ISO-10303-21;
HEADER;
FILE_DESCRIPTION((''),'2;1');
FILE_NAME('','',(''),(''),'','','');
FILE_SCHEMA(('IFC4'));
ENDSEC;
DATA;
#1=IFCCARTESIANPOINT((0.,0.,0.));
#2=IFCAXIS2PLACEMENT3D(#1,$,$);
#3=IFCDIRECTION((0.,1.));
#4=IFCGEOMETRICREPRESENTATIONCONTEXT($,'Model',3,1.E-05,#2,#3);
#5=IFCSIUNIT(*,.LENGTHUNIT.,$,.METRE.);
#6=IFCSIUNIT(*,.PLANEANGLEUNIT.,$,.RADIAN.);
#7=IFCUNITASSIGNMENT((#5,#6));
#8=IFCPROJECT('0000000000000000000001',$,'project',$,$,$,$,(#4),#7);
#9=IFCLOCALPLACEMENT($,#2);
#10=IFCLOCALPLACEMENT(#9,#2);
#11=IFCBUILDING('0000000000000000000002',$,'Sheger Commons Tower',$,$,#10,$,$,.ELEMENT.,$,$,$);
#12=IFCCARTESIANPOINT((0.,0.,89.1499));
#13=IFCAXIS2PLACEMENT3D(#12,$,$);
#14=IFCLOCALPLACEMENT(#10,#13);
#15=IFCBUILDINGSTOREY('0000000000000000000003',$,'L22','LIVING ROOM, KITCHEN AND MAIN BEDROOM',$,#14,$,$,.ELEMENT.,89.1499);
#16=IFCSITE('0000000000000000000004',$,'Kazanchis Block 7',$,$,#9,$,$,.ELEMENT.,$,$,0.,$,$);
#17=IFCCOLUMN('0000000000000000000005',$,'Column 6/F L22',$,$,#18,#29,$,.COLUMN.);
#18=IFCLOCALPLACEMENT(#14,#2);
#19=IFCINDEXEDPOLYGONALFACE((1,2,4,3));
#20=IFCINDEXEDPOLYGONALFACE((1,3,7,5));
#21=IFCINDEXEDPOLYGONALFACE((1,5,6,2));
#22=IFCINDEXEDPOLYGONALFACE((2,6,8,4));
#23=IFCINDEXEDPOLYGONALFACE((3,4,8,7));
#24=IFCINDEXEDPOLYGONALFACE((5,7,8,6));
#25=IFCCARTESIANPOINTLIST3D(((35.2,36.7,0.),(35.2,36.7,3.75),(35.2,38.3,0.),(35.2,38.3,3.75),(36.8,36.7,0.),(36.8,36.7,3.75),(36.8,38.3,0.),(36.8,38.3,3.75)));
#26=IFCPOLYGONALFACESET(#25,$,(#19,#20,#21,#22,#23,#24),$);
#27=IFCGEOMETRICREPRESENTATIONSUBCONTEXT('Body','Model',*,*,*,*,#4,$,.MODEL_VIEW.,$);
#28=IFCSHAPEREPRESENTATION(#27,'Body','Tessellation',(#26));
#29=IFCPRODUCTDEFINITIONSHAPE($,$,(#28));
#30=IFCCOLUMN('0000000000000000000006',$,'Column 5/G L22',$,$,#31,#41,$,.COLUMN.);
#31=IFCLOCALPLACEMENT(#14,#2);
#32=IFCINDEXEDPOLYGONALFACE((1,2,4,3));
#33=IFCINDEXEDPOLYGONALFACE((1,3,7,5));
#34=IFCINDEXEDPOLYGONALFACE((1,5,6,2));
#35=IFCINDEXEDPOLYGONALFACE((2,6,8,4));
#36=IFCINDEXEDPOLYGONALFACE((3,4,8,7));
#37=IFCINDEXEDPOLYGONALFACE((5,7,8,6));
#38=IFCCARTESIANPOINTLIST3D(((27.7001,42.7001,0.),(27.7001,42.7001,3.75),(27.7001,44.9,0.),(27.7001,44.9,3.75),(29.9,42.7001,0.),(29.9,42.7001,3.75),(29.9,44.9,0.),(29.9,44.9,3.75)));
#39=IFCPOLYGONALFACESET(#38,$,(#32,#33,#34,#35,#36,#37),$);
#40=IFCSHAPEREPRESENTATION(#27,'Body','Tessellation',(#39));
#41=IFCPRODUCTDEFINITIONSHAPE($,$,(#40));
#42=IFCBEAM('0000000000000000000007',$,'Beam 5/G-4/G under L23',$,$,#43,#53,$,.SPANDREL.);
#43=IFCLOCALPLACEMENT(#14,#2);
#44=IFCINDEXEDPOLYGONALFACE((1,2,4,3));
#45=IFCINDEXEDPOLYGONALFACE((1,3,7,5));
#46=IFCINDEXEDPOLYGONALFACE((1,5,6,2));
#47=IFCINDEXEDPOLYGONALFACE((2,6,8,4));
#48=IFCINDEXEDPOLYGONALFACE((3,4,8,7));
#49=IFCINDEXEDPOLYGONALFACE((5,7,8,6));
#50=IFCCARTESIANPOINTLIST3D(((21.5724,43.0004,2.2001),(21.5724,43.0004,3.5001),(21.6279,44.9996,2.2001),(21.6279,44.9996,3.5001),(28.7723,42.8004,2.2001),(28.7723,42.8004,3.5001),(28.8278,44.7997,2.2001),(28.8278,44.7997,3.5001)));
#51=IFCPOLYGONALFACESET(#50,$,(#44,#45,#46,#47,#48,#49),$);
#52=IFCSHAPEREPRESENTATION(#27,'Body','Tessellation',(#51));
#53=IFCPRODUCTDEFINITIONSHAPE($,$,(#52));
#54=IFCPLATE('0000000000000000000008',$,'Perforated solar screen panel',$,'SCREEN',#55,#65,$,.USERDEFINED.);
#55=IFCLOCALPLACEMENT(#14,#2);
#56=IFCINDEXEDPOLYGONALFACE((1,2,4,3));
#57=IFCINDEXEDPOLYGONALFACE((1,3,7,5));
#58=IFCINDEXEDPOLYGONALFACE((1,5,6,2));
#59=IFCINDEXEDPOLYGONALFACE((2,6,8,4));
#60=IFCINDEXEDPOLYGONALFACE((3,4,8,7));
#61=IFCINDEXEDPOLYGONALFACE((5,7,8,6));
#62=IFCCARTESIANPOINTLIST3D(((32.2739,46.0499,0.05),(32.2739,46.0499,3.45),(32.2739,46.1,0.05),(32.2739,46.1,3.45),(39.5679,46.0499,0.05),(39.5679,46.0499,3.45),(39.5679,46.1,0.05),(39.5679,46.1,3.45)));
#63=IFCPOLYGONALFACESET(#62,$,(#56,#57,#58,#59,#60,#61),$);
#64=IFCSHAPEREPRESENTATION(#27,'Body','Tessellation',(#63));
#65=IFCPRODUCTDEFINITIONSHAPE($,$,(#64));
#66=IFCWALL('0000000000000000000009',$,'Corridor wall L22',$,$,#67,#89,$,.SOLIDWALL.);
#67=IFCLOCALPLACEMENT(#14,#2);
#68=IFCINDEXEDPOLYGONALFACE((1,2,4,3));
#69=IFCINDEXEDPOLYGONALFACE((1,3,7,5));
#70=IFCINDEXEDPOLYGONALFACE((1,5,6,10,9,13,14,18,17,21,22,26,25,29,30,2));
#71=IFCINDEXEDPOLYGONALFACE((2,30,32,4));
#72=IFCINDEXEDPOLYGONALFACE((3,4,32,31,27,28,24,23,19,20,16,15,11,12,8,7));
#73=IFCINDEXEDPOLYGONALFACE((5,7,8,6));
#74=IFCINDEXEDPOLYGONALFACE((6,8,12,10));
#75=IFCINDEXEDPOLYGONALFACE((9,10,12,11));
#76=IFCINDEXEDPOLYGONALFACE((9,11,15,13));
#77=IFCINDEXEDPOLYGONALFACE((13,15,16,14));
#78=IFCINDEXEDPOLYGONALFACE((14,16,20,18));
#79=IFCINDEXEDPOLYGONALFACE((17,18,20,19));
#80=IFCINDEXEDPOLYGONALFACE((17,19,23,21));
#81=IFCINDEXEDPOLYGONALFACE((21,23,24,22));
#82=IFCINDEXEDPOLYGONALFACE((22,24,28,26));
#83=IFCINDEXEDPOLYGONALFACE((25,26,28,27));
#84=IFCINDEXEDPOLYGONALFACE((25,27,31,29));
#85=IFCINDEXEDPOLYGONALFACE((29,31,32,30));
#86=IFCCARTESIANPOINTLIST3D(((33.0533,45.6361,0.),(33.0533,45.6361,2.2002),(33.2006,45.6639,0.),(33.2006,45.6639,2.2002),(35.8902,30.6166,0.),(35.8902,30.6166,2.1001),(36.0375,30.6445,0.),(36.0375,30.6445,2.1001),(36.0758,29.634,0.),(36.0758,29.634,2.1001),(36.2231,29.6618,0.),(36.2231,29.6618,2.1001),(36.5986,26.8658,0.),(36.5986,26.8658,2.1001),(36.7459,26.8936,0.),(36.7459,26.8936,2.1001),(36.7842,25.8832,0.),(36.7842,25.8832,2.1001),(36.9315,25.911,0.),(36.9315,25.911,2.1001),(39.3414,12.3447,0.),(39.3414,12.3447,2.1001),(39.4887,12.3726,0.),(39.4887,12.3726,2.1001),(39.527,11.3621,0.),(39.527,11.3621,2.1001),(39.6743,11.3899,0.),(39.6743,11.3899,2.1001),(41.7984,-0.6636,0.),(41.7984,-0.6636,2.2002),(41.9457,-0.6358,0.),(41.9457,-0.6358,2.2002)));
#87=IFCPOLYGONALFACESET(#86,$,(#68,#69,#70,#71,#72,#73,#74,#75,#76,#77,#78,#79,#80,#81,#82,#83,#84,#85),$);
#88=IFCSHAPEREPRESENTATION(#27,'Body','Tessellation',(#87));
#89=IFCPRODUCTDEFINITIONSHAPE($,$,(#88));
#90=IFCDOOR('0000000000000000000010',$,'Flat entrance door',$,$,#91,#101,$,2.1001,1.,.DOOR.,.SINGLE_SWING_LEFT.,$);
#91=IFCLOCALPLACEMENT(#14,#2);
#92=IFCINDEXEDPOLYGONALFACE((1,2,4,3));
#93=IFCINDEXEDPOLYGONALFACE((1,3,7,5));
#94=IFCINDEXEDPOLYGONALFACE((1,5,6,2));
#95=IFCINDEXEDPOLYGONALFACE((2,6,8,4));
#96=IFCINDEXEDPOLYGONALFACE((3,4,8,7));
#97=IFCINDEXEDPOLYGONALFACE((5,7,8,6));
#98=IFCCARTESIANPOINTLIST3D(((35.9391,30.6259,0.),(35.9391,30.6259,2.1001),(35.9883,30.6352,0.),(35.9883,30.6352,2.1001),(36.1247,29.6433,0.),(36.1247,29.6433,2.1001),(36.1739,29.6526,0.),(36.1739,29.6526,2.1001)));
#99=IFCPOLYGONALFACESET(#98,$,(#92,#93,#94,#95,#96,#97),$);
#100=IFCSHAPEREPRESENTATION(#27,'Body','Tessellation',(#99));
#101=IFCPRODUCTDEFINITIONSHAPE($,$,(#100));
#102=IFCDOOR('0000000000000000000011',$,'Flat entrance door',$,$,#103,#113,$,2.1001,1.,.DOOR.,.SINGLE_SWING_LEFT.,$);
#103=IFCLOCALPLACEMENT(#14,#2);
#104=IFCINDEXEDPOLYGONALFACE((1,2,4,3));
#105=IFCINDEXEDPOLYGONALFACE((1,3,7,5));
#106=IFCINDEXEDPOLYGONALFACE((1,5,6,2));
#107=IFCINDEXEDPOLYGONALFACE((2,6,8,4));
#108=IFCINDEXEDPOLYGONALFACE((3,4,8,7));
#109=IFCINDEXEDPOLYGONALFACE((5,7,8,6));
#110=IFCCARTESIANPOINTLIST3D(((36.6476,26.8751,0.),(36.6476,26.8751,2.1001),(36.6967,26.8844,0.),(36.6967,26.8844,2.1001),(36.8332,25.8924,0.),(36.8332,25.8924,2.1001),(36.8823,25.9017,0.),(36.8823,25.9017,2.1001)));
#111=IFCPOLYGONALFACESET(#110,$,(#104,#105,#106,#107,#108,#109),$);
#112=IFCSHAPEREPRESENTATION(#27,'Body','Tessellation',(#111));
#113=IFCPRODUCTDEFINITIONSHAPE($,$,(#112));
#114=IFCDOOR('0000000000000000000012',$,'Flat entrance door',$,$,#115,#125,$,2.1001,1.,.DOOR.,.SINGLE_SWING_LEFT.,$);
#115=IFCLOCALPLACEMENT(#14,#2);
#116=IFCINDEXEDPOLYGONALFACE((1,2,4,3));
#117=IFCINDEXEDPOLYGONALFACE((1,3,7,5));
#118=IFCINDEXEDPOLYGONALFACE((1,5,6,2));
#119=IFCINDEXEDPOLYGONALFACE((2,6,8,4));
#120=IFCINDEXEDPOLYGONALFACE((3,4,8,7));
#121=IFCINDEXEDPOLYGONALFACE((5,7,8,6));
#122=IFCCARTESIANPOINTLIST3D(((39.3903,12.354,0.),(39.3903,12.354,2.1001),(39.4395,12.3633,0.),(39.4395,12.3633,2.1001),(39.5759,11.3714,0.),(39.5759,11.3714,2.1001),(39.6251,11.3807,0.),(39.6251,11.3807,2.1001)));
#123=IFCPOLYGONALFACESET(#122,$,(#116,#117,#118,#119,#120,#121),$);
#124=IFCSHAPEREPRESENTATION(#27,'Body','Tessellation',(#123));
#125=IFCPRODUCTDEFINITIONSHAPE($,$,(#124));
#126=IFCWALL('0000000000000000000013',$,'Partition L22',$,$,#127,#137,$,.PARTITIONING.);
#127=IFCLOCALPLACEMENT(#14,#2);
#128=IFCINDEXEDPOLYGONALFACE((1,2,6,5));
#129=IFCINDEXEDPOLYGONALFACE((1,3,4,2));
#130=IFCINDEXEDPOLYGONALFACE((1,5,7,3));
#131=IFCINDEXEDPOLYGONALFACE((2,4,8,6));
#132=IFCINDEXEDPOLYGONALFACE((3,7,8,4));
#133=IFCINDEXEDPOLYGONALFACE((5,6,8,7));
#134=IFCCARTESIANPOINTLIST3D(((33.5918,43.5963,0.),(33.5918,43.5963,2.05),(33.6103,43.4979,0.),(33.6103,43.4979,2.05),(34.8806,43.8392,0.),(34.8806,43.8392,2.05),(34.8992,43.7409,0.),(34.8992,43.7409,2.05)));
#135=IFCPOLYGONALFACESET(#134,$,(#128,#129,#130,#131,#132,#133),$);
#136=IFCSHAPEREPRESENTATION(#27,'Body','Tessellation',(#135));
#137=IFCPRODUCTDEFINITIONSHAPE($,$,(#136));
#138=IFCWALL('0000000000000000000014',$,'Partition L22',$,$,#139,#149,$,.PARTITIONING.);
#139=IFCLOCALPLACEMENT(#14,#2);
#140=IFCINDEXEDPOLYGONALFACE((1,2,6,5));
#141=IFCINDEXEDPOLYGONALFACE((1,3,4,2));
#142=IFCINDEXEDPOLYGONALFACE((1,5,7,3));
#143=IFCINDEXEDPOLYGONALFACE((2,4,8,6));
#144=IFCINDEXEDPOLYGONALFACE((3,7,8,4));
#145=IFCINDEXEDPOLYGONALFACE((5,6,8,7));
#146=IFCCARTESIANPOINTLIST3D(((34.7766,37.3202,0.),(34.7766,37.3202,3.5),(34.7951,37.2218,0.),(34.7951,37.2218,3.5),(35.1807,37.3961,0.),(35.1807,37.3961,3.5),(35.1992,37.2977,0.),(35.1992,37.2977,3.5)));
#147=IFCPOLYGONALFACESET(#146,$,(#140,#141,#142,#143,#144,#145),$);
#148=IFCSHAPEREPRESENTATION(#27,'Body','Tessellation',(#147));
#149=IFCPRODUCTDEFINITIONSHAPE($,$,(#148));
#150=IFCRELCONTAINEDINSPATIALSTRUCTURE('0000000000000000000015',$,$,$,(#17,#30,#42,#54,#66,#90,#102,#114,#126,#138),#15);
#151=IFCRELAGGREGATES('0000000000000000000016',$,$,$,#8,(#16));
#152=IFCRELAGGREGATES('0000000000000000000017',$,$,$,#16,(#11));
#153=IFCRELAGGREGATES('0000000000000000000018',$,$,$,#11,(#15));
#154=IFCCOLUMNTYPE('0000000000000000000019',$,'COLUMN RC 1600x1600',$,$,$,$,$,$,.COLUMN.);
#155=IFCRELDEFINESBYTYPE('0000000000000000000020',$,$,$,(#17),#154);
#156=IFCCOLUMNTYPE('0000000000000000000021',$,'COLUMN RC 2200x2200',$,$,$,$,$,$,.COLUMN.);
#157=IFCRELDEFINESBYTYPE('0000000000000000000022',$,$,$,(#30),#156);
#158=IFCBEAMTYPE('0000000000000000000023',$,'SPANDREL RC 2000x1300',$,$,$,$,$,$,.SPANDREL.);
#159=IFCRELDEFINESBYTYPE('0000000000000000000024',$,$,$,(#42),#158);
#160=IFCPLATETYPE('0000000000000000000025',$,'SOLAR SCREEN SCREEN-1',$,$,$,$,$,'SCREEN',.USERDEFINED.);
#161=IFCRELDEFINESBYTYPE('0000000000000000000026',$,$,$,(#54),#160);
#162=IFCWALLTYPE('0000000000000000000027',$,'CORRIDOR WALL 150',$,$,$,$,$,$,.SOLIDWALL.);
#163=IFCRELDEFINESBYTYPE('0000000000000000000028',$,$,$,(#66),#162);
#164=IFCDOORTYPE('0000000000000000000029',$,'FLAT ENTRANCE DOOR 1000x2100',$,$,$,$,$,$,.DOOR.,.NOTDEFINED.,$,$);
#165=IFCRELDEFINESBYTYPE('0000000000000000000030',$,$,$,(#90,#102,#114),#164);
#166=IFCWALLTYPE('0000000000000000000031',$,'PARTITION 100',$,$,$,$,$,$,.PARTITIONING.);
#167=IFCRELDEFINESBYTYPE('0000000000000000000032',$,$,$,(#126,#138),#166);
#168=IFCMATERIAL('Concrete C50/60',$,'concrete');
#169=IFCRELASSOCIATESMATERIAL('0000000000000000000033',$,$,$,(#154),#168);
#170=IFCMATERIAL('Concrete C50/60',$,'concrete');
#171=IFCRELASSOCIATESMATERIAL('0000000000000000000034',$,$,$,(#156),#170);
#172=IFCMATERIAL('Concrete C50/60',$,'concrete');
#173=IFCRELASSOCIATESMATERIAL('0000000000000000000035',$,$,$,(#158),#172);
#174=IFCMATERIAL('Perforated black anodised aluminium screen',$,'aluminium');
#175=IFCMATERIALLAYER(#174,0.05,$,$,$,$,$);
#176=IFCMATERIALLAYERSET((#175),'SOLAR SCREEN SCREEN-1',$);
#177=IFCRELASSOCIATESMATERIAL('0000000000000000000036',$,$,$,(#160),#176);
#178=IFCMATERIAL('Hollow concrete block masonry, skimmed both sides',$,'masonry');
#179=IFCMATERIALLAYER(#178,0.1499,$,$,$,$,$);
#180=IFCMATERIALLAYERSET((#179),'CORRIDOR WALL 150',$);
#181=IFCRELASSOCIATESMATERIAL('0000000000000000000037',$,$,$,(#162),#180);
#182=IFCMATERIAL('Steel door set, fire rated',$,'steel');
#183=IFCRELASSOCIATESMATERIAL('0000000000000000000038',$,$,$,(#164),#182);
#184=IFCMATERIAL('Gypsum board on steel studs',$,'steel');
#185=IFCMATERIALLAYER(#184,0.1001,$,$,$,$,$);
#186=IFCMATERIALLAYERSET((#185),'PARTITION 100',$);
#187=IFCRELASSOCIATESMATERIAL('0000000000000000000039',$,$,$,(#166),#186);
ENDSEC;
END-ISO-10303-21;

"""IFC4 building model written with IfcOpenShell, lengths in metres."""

from ifc_helpers import new_model, si_unit, direction, frame, frame_2d, origin, origin_2d, place, context, subcontext, project, spatial, rectangle, extrude, material, layer, layer_set, material_profile, profile_set, type_object, element, fill, save


model = new_model("IFC4")

# Units and contexts
model_context = context("Model", 3, precision=1e-05, world=origin(), true_north=direction((0.0, 1.0)))
body_context = subcontext(model_context, "Body", "Model", "MODEL_VIEW")
ifc_project = project(units=[si_unit("LENGTHUNIT", "METRE"), si_unit("PLANEANGLEUNIT", "RADIAN")], contexts=[model_context])

# Site, building, storey
site_placement = place(None, origin())
site = spatial("IfcSite", under=ifc_project, at=site_placement, Name="Kazanchis Block 7", CompositionType="ELEMENT", RefElevation=0.0)
building_placement = place(site_placement, origin())
building = spatial("IfcBuilding", under=site, at=building_placement, Name="Sheger Commons Tower", CompositionType="ELEMENT")
storey_placement = place(building_placement, frame((0.0, 0.0, 89.1499)))
storey = spatial("IfcBuildingStorey", under=building, at=storey_placement, Name="L22", Description="LIVING ROOM, KITCHEN AND MAIN BEDROOM", CompositionType="ELEMENT", Elevation=89.1499)

# Columns
ifc_material_1 = material(Name="Concrete C50/60", Category="concrete")
ifc_material_profile_1 = material_profile(ifc_material_1, rectangle(XDim=1.6001, YDim=1.6001, at=origin_2d()), Name="RC 1600x1600")
ifc_profile_set_1 = profile_set([ifc_material_profile_1], Name="Concrete C50/60")
column_type_1 = type_object("IfcColumnType", Name="COLUMN RC 1600x1600", PredefinedType="COLUMN", material=ifc_profile_set_1)
column_1_placement = place(storey_placement, frame((36.0, 37.5, 0.0), z_axis=(0.0, 0.0, 1.0), x_axis=(1.0, 0.0, 0.0)))
element("IfcColumn", 1, at=column_1_placement, inside=storey, type_object=column_type_1, Name="Column 6/F L22", PredefinedType="COLUMN", context=body_context, shape_type="SweptSolid", body=[
    extrude(rectangle(XDim=1.6001, YDim=1.6001, at=origin_2d()), origin(), (0.0, 0.0, 1.0), 3.75),
])
ifc_material_2 = material(Name="Concrete C50/60", Category="concrete")
ifc_material_profile_2 = material_profile(ifc_material_2, rectangle(XDim=2.2, YDim=2.2, at=origin_2d()), Name="RC 2200x2200")
ifc_profile_set_2 = profile_set([ifc_material_profile_2], Name="Concrete C50/60")
column_type_2 = type_object("IfcColumnType", Name="COLUMN RC 2200x2200", PredefinedType="COLUMN", material=ifc_profile_set_2)
column_2_placement = place(storey_placement, frame((28.8, 43.8, 0.0), z_axis=(0.0, 0.0, 1.0), x_axis=(1.0, 0.0, 0.0)))
element("IfcColumn", 2, at=column_2_placement, inside=storey, type_object=column_type_2, Name="Column 5/G L22", PredefinedType="COLUMN", context=body_context, shape_type="SweptSolid", body=[
    extrude(rectangle(XDim=2.2, YDim=2.2, at=origin_2d()), origin(), (0.0, 0.0, 1.0), 3.75),
])

# Beam
ifc_material_3 = material(Name="Concrete C50/60", Category="concrete")
ifc_material_profile_3 = material_profile(ifc_material_3, rectangle(XDim=2.0, YDim=1.3, at=origin_2d()), Name="RC 2000x1300")
ifc_profile_set_3 = profile_set([ifc_material_profile_3], Name="Concrete C50/60")
beam_type = type_object("IfcBeamType", Name="SPANDREL RC 2000x1300", PredefinedType="SPANDREL", material=ifc_profile_set_3)
beam_placement = place(storey_placement, frame((28.8, 43.8, 2.8501), z_axis=(-0.999615, 0.02776, 0.0), x_axis=(-0.02776, -0.999615, 0.0)))
element("IfcBeam", 3, at=beam_placement, inside=storey, type_object=beam_type, Name="Beam 5/G-4/G under L23", PredefinedType="SPANDREL", context=body_context, shape_type="SweptSolid", body=[
    extrude(rectangle(XDim=2.0, YDim=1.3, at=origin_2d()), origin(), (0.0, 0.0, 1.0), 7.2026),
])

# Plate
ifc_material_4 = material(Name="Perforated black anodised aluminium screen", Category="aluminium")
ifc_layer_1 = layer(ifc_material_4, 0.05)
ifc_layer_set_1 = layer_set([ifc_layer_1], Name="SOLAR SCREEN SCREEN-1")
plate_type = type_object("IfcPlateType", Name="SOLAR SCREEN SCREEN-1", ElementType="SCREEN", PredefinedType="USERDEFINED", material=ifc_layer_set_1)
plate_placement = place(storey_placement, frame((35.9209, 46.075, 0.05), z_axis=(0.0, 0.0, 1.0), x_axis=(-1.0, 0.0, 0.0)))
element("IfcPlate", 4, at=plate_placement, inside=storey, type_object=plate_type, Name="Perforated solar screen panel", ObjectType="SCREEN", PredefinedType="USERDEFINED", context=body_context, shape_type="SweptSolid", body=[
    extrude(rectangle(XDim=7.2939, YDim=0.05, at=origin_2d()), origin(), (0.0, 0.0, 1.0), 3.3999),
])

# Wall, openings, doors
ifc_material_5 = material(Name="Hollow concrete block masonry, skimmed both sides", Category="masonry")
ifc_layer_2 = layer(ifc_material_5, 0.1499)
ifc_layer_set_2 = layer_set([ifc_layer_2], Name="CORRIDOR WALL 150")
wall_type_1 = type_object("IfcWallType", Name="CORRIDOR WALL 150", PredefinedType="SOLIDWALL", material=ifc_layer_set_2)
wall_1_placement = place(storey_placement, frame((33.127, 45.6499, 0.0), z_axis=(0.0, 0.0, 1.0), x_axis=(0.185599, -0.982626, 0.0)))
wall_1 = element("IfcWall", 5, at=wall_1_placement, inside=storey, type_object=wall_type_1, Name="Corridor wall L22", PredefinedType="SOLIDWALL", context=body_context, shape_type="SweptSolid", body=[
    extrude(rectangle(XDim=47.1184, YDim=0.1499, at=frame_2d((23.5591, 0.0))), origin(), (0.0, 0.0, 1.0), 2.2002),
])
opening_1_placement = place(wall_1_placement, frame((15.2849, 0.0, 0.0)))
opening_1 = element("IfcOpeningElement", 6, at=opening_1_placement, cuts=wall_1, PredefinedType="OPENING", context=body_context, shape_type="SweptSolid", body=[
    extrude(rectangle(XDim=1.0, YDim=2.1001, at=frame_2d((0.5, 1.05))), frame((0.0, 0.085, 0.0), z_axis=(0.0, -1.0, 0.0), x_axis=(1.0, 0.0, 0.0)), (0.0, 0.0, 1.0), 0.1699),
])
opening_2_placement = place(wall_1_placement, frame((19.1021, 0.0, 0.0)))
opening_2 = element("IfcOpeningElement", 7, at=opening_2_placement, cuts=wall_1, PredefinedType="OPENING", context=body_context, shape_type="SweptSolid", body=[
    extrude(rectangle(XDim=1.0, YDim=2.1001, at=frame_2d((0.5, 1.05))), frame((0.0, 0.085, 0.0), z_axis=(0.0, -1.0, 0.0), x_axis=(1.0, 0.0, 0.0)), (0.0, 0.0, 1.0), 0.1699),
])
opening_3_placement = place(wall_1_placement, frame((33.8799, 0.0, 0.0)))
opening_3 = element("IfcOpeningElement", 8, at=opening_3_placement, cuts=wall_1, PredefinedType="OPENING", context=body_context, shape_type="SweptSolid", body=[
    extrude(rectangle(XDim=1.0, YDim=2.1001, at=frame_2d((0.5, 1.05))), frame((0.0, 0.085, 0.0), z_axis=(0.0, -1.0, 0.0), x_axis=(1.0, 0.0, 0.0)), (0.0, 0.0, 1.0), 0.1699),
])
ifc_material_6 = material(Name="Steel door set, fire rated", Category="steel")
door_type_1 = type_object("IfcDoorType", Name="FLAT ENTRANCE DOOR 1000x2100", OperationType="NOTDEFINED", PredefinedType="DOOR", material=ifc_material_6)
door_1_placement = place(opening_1_placement, origin())
door_1 = element("IfcDoor", 9, at=door_1_placement, inside=storey, type_object=door_type_1, Name="Flat entrance door", OperationType="SINGLE_SWING_LEFT", OverallHeight=2.1001, OverallWidth=1.0, PredefinedType="DOOR", context=body_context, shape_type="SweptSolid", body=[
    extrude(rectangle(XDim=1.0, YDim=2.1001, at=frame_2d((0.5, 1.05))), frame((0.0, 0.0249, 0.0), z_axis=(0.0, -1.0, 0.0), x_axis=(1.0, 0.0, 0.0)), (0.0, 0.0, 1.0), 0.05),
])
fill(opening_1, door_1)
door_2_placement = place(opening_2_placement, origin())
door_2 = element("IfcDoor", 10, at=door_2_placement, inside=storey, type_object=door_type_1, Name="Flat entrance door", OperationType="SINGLE_SWING_LEFT", OverallHeight=2.1001, OverallWidth=1.0, PredefinedType="DOOR", context=body_context, shape_type="SweptSolid", body=[
    extrude(rectangle(XDim=1.0, YDim=2.1001, at=frame_2d((0.5, 1.05))), frame((0.0, 0.0249, 0.0), z_axis=(0.0, -1.0, 0.0), x_axis=(1.0, 0.0, 0.0)), (0.0, 0.0, 1.0), 0.05),
])
fill(opening_2, door_2)
door_3_placement = place(opening_3_placement, origin())
door_3 = element("IfcDoor", 11, at=door_3_placement, inside=storey, type_object=door_type_1, Name="Flat entrance door", OperationType="SINGLE_SWING_LEFT", OverallHeight=2.1001, OverallWidth=1.0, PredefinedType="DOOR", context=body_context, shape_type="SweptSolid", body=[
    extrude(rectangle(XDim=1.0, YDim=2.1001, at=frame_2d((0.5, 1.05))), frame((0.0, 0.0249, 0.0), z_axis=(0.0, -1.0, 0.0), x_axis=(1.0, 0.0, 0.0)), (0.0, 0.0, 1.0), 0.05),
])
fill(opening_3, door_3)

# Walls
ifc_material_7 = material(Name="Gypsum board on steel studs", Category="steel")
ifc_layer_3 = layer(ifc_material_7, 0.1001)
ifc_layer_set_3 = layer_set([ifc_layer_3], Name="PARTITION 100")
wall_type_2 = type_object("IfcWallType", Name="PARTITION 100", PredefinedType="PARTITIONING", material=ifc_layer_set_3)
wall_2_placement = place(storey_placement, frame((34.8899, 43.79, 0.0), z_axis=(0.0, 0.0, 1.0), x_axis=(-0.982697, -0.185221, 0.0)))
element("IfcWall", 12, at=wall_2_placement, inside=storey, type_object=wall_type_2, Name="Partition L22", PredefinedType="PARTITIONING", context=body_context, shape_type="SweptSolid", body=[
    extrude(rectangle(XDim=1.3115, YDim=0.1001, at=frame_2d((0.6558, 0.0))), origin(), (0.0, 0.0, 1.0), 2.05),
])
wall_3_placement = place(storey_placement, frame((35.1899, 37.3469, 0.0), z_axis=(0.0, 0.0, 1.0), x_axis=(-0.982798, -0.184683, 0.0)))
element("IfcWall", 13, at=wall_3_placement, inside=storey, type_object=wall_type_2, Name="Partition L22", PredefinedType="PARTITIONING", context=body_context, shape_type="SweptSolid", body=[
    extrude(rectangle(XDim=0.4111, YDim=0.1001, at=frame_2d((0.2056, 0.0))), origin(), (0.0, 0.0, 1.0), 3.5),
])

save(model, "model.ifc")
